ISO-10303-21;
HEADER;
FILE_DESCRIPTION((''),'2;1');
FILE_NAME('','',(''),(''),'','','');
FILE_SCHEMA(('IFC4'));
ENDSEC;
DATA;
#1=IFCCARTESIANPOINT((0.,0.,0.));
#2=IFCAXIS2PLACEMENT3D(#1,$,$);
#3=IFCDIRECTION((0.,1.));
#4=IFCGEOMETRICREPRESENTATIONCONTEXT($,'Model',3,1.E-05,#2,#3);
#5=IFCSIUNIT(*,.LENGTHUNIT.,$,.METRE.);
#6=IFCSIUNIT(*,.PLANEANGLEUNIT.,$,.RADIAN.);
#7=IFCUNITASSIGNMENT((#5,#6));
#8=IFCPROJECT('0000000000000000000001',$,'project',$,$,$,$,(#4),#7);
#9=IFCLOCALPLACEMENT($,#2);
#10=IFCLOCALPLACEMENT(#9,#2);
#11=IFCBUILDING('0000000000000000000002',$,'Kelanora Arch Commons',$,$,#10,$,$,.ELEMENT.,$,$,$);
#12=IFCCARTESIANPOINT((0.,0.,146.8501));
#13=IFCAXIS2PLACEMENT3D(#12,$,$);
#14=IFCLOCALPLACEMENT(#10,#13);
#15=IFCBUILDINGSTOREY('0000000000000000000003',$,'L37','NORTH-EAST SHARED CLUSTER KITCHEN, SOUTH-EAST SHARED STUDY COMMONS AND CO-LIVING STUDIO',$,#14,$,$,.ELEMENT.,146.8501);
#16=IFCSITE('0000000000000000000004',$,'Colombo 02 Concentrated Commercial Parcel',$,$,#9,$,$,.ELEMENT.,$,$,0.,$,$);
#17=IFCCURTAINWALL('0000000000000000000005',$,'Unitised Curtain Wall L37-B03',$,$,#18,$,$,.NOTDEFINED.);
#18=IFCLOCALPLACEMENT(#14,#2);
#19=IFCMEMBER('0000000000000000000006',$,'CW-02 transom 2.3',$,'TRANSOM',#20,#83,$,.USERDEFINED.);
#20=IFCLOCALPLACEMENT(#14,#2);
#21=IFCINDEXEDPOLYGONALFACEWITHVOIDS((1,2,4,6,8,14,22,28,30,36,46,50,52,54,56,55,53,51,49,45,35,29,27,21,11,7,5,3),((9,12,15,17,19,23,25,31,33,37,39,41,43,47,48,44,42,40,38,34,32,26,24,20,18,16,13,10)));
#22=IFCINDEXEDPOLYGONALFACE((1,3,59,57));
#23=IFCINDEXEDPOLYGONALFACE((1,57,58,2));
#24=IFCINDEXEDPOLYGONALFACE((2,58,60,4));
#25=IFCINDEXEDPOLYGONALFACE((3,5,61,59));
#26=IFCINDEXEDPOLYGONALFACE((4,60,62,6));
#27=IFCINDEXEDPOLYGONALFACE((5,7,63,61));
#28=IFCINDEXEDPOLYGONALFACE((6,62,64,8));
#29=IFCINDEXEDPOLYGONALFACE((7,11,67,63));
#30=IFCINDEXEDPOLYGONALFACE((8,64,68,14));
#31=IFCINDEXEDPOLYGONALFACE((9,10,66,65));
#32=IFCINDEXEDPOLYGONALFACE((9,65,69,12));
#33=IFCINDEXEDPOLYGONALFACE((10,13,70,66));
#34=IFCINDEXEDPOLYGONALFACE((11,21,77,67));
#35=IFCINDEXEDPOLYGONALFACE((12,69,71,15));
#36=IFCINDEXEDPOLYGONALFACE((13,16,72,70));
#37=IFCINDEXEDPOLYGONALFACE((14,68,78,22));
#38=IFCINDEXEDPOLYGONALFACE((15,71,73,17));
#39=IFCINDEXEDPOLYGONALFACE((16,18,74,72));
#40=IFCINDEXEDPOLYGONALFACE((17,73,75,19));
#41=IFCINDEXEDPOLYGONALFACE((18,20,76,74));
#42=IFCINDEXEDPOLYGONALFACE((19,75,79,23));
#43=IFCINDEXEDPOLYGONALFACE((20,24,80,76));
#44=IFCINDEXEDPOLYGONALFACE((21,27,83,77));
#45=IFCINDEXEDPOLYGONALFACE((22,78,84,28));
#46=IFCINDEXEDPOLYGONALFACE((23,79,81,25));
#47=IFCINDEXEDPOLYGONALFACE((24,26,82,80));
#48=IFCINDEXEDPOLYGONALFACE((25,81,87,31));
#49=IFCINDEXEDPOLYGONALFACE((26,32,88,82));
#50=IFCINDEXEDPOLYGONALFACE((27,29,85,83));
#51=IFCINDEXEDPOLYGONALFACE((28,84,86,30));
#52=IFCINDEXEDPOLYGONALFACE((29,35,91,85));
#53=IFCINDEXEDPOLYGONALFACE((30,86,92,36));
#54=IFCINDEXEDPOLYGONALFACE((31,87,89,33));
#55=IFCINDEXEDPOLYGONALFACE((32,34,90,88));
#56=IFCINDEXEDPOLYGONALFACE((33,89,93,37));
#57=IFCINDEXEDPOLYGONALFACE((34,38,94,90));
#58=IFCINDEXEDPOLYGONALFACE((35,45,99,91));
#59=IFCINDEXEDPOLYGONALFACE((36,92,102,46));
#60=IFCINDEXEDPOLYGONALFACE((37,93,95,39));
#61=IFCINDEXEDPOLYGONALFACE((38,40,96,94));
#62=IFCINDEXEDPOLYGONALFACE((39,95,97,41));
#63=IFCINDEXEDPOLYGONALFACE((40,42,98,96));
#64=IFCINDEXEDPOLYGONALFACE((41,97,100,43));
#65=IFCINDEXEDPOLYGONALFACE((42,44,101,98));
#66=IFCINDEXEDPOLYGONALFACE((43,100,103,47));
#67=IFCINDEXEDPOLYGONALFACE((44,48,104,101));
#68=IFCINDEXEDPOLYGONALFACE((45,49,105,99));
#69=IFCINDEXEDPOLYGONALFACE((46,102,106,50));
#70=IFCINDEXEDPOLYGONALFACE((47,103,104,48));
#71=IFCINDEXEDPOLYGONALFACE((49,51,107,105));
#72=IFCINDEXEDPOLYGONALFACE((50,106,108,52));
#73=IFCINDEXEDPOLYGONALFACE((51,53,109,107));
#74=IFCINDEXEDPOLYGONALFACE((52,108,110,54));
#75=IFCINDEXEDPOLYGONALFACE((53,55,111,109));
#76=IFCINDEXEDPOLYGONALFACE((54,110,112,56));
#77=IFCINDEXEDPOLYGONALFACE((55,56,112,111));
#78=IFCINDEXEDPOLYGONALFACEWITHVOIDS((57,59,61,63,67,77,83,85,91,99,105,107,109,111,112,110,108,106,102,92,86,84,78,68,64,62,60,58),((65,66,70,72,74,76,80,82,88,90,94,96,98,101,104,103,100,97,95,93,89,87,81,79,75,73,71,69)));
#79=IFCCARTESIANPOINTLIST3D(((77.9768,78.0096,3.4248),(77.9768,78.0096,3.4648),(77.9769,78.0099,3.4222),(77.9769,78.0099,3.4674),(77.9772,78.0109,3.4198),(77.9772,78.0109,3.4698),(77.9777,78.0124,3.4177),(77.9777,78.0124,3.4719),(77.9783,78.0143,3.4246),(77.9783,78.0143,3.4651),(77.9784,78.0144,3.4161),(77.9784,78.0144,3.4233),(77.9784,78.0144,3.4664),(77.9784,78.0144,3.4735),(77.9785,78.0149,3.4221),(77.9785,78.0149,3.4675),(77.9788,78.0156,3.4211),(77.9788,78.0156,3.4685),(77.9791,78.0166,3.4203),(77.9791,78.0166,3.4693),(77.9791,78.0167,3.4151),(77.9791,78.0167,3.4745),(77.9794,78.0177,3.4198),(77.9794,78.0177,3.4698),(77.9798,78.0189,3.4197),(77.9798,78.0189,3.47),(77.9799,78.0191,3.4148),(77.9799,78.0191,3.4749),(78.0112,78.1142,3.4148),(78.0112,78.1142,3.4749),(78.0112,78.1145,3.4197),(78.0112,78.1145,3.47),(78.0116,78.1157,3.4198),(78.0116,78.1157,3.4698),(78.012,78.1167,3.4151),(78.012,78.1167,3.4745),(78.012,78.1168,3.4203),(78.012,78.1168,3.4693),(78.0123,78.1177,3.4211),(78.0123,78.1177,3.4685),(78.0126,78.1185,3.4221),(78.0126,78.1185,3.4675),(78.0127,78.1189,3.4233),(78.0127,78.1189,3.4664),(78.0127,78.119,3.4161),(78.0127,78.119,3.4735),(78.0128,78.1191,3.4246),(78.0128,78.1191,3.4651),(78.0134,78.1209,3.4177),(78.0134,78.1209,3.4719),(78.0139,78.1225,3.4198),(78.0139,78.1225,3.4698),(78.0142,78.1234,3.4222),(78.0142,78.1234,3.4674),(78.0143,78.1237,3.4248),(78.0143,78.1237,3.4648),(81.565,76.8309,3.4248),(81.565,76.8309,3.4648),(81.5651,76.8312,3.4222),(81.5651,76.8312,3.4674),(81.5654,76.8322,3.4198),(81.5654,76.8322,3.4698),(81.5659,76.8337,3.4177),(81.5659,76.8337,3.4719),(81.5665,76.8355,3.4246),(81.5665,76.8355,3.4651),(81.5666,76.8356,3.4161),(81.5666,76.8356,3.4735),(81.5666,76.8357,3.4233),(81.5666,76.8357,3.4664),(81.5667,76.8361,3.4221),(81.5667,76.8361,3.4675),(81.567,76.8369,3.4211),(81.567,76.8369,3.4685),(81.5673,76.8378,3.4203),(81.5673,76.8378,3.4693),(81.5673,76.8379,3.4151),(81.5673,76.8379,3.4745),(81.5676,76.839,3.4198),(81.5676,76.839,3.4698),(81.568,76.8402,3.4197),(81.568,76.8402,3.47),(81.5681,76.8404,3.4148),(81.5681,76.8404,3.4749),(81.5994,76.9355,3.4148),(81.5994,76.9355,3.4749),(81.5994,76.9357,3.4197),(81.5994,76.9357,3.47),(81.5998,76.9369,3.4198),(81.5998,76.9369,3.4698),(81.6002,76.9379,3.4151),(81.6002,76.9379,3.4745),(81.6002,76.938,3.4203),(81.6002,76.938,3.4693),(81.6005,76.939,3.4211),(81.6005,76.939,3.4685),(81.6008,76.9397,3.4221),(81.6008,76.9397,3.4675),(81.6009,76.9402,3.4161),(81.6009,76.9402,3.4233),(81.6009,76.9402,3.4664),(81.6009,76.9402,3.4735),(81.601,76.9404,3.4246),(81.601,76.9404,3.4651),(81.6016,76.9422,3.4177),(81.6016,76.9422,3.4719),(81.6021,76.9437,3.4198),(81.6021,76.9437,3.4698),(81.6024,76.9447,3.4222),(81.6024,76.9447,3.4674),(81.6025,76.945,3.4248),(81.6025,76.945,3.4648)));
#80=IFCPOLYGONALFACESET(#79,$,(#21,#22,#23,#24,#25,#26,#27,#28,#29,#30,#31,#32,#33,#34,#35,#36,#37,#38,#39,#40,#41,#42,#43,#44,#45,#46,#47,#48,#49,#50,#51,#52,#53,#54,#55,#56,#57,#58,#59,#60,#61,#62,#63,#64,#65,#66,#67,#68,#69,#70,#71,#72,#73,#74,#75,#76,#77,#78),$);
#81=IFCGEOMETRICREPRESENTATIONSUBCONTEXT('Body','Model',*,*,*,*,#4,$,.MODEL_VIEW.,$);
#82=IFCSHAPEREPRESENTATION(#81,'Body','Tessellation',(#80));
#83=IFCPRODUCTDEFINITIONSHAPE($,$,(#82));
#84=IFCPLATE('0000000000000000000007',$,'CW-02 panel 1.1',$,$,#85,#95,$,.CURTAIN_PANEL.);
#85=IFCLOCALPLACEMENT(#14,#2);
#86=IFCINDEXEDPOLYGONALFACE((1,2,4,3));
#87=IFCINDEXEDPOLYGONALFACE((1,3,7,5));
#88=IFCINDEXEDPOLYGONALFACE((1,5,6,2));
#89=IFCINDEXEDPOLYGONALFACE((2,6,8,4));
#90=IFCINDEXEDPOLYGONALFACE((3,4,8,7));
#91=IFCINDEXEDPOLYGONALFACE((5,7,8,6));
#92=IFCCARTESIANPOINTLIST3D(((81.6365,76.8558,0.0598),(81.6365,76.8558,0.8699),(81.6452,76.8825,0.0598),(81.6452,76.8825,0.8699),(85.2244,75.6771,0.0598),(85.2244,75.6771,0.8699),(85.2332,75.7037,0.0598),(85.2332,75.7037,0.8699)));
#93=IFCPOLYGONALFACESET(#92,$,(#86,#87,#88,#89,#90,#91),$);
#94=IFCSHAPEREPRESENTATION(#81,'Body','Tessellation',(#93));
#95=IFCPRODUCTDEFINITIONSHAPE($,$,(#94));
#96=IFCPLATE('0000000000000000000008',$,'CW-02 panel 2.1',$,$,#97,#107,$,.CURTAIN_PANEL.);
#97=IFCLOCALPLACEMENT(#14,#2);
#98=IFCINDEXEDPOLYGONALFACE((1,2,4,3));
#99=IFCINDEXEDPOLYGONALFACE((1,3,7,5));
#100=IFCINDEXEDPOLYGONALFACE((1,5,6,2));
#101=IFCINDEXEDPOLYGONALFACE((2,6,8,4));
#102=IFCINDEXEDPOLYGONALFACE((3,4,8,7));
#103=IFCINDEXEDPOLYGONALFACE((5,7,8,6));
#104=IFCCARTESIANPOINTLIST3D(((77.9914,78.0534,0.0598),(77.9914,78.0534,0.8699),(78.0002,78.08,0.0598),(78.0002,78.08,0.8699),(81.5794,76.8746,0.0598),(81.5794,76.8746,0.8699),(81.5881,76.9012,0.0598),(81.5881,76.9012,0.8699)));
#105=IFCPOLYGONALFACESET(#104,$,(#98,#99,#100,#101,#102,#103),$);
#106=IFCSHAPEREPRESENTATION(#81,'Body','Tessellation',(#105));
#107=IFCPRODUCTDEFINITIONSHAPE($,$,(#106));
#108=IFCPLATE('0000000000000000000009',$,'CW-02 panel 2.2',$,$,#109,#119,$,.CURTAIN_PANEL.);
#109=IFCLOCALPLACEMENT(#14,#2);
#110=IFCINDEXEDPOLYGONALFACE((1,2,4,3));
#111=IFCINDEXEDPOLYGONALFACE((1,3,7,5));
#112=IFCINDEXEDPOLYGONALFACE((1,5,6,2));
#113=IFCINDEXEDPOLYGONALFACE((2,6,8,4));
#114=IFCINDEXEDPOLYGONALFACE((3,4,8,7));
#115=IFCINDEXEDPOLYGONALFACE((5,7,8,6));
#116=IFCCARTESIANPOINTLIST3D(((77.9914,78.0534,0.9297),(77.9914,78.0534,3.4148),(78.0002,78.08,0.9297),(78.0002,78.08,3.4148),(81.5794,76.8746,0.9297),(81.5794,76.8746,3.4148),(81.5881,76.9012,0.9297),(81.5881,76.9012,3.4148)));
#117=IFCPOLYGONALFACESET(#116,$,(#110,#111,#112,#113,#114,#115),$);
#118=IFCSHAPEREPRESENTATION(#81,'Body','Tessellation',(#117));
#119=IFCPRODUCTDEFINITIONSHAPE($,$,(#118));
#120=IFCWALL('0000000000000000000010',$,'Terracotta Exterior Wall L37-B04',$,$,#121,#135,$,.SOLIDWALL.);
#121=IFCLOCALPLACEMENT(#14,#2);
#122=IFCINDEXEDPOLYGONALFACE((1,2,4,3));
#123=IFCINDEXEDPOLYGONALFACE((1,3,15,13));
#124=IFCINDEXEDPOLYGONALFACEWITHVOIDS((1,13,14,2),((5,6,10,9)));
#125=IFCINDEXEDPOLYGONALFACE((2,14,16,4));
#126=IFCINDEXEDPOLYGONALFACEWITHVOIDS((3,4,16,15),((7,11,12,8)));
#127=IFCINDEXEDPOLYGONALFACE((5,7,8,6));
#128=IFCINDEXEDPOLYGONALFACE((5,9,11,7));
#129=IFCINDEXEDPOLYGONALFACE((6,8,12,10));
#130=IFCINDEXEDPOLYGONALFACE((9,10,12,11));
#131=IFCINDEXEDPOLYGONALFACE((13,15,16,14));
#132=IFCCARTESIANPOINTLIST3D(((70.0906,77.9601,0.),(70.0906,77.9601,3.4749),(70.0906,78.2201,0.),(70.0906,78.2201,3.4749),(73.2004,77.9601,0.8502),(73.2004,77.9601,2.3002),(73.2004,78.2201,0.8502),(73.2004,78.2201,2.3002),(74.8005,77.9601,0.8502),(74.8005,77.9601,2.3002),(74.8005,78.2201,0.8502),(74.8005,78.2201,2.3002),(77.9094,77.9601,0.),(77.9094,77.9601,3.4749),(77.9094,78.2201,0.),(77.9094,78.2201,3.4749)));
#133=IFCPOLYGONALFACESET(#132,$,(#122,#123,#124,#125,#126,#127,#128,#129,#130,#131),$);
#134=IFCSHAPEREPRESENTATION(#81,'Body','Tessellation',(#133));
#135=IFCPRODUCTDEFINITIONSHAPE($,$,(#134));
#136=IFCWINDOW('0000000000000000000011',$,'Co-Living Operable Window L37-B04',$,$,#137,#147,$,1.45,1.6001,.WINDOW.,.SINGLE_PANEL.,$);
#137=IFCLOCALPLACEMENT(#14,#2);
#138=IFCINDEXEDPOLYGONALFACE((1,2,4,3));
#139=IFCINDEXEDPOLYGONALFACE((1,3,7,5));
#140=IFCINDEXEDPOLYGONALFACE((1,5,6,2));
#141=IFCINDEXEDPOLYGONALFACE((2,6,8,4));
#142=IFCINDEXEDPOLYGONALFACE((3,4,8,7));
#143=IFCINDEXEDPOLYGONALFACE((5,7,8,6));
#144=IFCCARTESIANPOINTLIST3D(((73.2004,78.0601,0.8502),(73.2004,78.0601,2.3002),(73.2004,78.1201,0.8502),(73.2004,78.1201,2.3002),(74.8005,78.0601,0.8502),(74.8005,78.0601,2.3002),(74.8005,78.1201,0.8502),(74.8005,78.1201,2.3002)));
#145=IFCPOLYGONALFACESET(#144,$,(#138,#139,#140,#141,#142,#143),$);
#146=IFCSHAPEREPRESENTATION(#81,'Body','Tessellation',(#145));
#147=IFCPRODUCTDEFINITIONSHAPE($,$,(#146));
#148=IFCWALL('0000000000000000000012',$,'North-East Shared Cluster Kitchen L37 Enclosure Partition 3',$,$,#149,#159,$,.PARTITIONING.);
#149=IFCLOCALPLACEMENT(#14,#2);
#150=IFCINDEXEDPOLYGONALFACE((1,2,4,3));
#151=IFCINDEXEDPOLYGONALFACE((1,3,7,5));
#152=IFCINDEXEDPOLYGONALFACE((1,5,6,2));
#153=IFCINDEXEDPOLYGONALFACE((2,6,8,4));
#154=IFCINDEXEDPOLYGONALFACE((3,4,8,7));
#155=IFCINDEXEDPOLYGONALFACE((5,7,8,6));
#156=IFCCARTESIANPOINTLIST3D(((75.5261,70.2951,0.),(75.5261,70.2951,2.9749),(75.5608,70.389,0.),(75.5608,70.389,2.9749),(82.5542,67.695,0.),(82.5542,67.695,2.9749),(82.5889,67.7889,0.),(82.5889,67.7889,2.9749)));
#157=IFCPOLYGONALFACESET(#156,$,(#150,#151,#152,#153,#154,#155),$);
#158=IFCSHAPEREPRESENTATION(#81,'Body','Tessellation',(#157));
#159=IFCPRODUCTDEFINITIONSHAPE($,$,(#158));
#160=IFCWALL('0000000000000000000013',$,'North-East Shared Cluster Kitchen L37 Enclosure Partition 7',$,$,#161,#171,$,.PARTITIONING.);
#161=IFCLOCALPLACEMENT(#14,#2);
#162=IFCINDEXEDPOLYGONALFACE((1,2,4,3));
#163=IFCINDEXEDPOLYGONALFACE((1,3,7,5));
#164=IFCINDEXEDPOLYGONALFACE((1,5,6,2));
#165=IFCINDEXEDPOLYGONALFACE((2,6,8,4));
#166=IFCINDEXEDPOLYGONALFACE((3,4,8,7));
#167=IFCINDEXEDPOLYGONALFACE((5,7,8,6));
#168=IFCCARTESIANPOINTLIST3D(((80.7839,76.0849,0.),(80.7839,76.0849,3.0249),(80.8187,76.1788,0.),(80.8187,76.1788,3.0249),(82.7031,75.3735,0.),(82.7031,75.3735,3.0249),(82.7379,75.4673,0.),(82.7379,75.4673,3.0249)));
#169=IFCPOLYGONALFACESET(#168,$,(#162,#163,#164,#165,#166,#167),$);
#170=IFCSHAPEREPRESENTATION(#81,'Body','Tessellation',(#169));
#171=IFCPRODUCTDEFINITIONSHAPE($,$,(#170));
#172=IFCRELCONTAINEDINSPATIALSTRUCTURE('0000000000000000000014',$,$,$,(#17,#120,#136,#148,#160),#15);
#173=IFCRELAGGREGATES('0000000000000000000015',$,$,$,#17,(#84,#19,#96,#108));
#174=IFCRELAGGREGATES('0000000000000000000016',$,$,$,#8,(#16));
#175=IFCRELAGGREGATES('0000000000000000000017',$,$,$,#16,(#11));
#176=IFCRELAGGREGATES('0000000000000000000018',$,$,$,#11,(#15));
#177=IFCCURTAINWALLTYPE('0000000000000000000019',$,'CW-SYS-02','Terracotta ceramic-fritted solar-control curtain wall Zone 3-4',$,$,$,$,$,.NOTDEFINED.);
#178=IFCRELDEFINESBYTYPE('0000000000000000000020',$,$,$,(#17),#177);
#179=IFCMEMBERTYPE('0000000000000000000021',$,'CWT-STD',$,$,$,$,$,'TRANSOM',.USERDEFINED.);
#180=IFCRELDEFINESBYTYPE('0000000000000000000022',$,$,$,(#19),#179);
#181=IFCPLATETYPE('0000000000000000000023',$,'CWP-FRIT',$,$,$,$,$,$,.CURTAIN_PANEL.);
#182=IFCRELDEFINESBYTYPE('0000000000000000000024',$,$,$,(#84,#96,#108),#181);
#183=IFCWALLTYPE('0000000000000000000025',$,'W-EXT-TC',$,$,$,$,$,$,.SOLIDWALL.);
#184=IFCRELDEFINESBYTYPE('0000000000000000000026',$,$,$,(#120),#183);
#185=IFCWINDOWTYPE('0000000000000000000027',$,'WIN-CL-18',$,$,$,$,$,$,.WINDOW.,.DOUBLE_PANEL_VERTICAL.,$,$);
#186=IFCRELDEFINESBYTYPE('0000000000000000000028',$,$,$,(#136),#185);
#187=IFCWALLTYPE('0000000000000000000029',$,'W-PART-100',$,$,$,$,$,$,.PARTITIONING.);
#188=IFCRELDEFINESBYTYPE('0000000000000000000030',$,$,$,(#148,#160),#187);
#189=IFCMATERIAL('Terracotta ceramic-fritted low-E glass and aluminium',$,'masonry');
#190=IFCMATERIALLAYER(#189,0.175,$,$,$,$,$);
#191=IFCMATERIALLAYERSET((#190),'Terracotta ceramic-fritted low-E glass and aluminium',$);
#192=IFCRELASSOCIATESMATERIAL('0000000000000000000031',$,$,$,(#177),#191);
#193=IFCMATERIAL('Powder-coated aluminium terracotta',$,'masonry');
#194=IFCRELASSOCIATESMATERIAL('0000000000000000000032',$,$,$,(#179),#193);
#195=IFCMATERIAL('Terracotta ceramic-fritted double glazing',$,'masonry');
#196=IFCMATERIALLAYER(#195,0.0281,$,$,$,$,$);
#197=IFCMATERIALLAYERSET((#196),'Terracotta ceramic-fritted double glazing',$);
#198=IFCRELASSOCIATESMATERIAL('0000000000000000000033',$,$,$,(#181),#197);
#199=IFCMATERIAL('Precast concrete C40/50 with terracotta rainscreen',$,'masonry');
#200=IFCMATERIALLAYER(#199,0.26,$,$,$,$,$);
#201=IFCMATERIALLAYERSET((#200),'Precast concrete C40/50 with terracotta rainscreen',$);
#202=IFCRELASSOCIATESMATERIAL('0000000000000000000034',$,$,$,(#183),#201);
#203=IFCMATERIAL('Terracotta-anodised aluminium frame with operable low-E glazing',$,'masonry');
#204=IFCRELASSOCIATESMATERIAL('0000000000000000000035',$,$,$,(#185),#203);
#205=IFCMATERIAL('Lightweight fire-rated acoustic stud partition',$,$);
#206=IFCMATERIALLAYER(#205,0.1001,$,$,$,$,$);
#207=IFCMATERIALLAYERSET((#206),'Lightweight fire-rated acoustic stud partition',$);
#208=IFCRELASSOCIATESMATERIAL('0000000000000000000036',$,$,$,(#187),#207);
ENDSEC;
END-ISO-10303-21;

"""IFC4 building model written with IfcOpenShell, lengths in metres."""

from ifc_helpers import new_model, si_unit, direction, frame, frame_2d, origin, origin_2d, place, context, subcontext, project, spatial, rectangle, hollow_rectangle, extrude, source, transform, mapped, material, layer, layer_set, material_profile, profile_set, type_object, element, fill, aggregate, save


model = new_model("IFC4")

# Units and contexts
model_context = context("Model", 3, precision=1e-05, world=origin(), true_north=direction((0.0, 1.0)))
body_context = subcontext(model_context, "Body", "Model", "MODEL_VIEW")
ifc_project = project(units=[si_unit("LENGTHUNIT", "METRE"), si_unit("PLANEANGLEUNIT", "RADIAN")], contexts=[model_context])

# Site, building, storey
site_placement = place(None, origin())
site = spatial("IfcSite", under=ifc_project, at=site_placement, Name="Colombo 02 Concentrated Commercial Parcel", CompositionType="ELEMENT", RefElevation=0.0)
building_placement = place(site_placement, origin())
building = spatial("IfcBuilding", under=site, at=building_placement, Name="Kelanora Arch Commons", CompositionType="ELEMENT")
storey_placement = place(building_placement, frame((0.0, 0.0, 146.8501)))
storey = spatial("IfcBuildingStorey", under=building, at=storey_placement, Name="L37", Description="NORTH-EAST SHARED CLUSTER KITCHEN, SOUTH-EAST SHARED STUDY COMMONS AND CO-LIVING STUDIO", CompositionType="ELEMENT", Elevation=146.8501)

# Curtain wall, member, plates
ifc_material_1 = material(Name="Terracotta ceramic-fritted low-E glass and aluminium", Category="masonry")
ifc_layer_1 = layer(ifc_material_1, 0.175)
ifc_layer_set_1 = layer_set([ifc_layer_1], Name="Terracotta ceramic-fritted low-E glass and aluminium")
curtain_wall_type = type_object("IfcCurtainWallType", Name="CW-SYS-02", Description="Terracotta ceramic-fritted solar-control curtain wall Zone 3-4", PredefinedType="NOTDEFINED", material=ifc_layer_set_1)
curtain_wall_placement = place(storey_placement, origin())
curtain_wall = element("IfcCurtainWall", 1, at=curtain_wall_placement, inside=storey, type_object=curtain_wall_type, Name="Unitised Curtain Wall L37-B03", PredefinedType="NOTDEFINED")
ifc_material_2 = material(Name="Powder-coated aluminium terracotta", Category="masonry")
ifc_material_profile_1 = material_profile(ifc_material_2, hollow_rectangle(XDim=0.1201, YDim=0.0601, WallThickness=0.0049, InnerFilletRadius=0.0049, OuterFilletRadius=0.01, at=origin_2d()), Name="CWT120x60")
ifc_profile_set_1 = profile_set([ifc_material_profile_1], Name="Powder-coated aluminium terracotta")
member_type_1 = type_object("IfcMemberType", Name="CWT-STD", ElementType="TRANSOM", PredefinedType="USERDEFINED", material=ifc_profile_set_1)
member_1_placement = place(storey_placement, frame((81.5837, 76.8879, 3.4448), z_axis=(-0.950051, 0.312094, 0.0), x_axis=(-0.312094, -0.950051, 0.0)))
member_1 = element("IfcMember", 2, at=member_1_placement, type_object=member_type_1, Name="CW-02 transom 2.3", ObjectType="TRANSOM", PredefinedType="USERDEFINED", context=body_context, shape_type="SweptSolid", body=[
    extrude(hollow_rectangle(XDim=0.1201, YDim=0.0601, WallThickness=0.0049, InnerFilletRadius=0.0049, OuterFilletRadius=0.01, at=origin_2d()), origin(), (0.0, 0.0, 1.0), 3.7769),
])
ifc_material_3 = material(Name="Terracotta ceramic-fritted double glazing", Category="masonry")
ifc_layer_2 = layer(ifc_material_3, 0.0281)
ifc_layer_set_2 = layer_set([ifc_layer_2], Name="Terracotta ceramic-fritted double glazing")
plate_type = type_object("IfcPlateType", Name="CWP-FRIT", PredefinedType="CURTAIN_PANEL", material=ifc_layer_set_2)
shared_shape_1 = source(origin(), body_context, "Body", "SweptSolid", [
    extrude(rectangle(XDim=3.7766, YDim=0.0281, at=origin_2d()), origin(), (0.0, 0.0, 1.0), 0.8101),
])
plate_1_placement = place(storey_placement, frame((83.4348, 76.2798, 0.0598), z_axis=(0.0, 0.0, 1.0), x_axis=(-0.95004, 0.312128, 0.0)))
plate_1 = element("IfcPlate", 3, at=plate_1_placement, type_object=plate_type, Name="CW-02 panel 1.1", PredefinedType="CURTAIN_PANEL", context=body_context, shape_type="MappedRepresentation", body=[
    mapped(shared_shape_1, transform((0.0, 0.0, 0.0), scale=1.0)),
])
plate_2_placement = place(storey_placement, frame((79.7898, 77.4773, 0.0598), z_axis=(0.0, 0.0, 1.0), x_axis=(-0.95004, 0.312128, 0.0)))
plate_2 = element("IfcPlate", 4, at=plate_2_placement, type_object=plate_type, Name="CW-02 panel 2.1", PredefinedType="CURTAIN_PANEL", context=body_context, shape_type="MappedRepresentation", body=[
    mapped(shared_shape_1, transform((0.0, 0.0, 0.0), scale=1.0)),
])
shared_shape_2 = source(origin(), body_context, "Body", "SweptSolid", [
    extrude(rectangle(XDim=3.7766, YDim=0.0281, at=origin_2d()), origin(), (0.0, 0.0, 1.0), 2.4851),
])
plate_3_placement = place(storey_placement, frame((79.7898, 77.4773, 0.9297), z_axis=(0.0, 0.0, 1.0), x_axis=(-0.95004, 0.312128, 0.0)))
plate_3 = element("IfcPlate", 5, at=plate_3_placement, type_object=plate_type, Name="CW-02 panel 2.2", PredefinedType="CURTAIN_PANEL", context=body_context, shape_type="MappedRepresentation", body=[
    mapped(shared_shape_2, transform((0.0, 0.0, 0.0), scale=1.0)),
])
aggregate(curtain_wall, [plate_1, member_1, plate_2, plate_3])

# Wall, opening, window
ifc_material_4 = material(Name="Precast concrete C40/50 with terracotta rainscreen", Category="masonry")
ifc_layer_3 = layer(ifc_material_4, 0.26)
ifc_layer_set_3 = layer_set([ifc_layer_3], Name="Precast concrete C40/50 with terracotta rainscreen")
wall_type_1 = type_object("IfcWallType", Name="W-EXT-TC", PredefinedType="SOLIDWALL", material=ifc_layer_set_3)
wall_1_placement = place(storey_placement, frame((77.9094, 78.0901, 0.0), z_axis=(0.0, 0.0, 1.0), x_axis=(-1.0, 0.0, 0.0)))
wall_1 = element("IfcWall", 6, at=wall_1_placement, inside=storey, type_object=wall_type_1, Name="Terracotta Exterior Wall L37-B04", PredefinedType="SOLIDWALL", context=body_context, shape_type="SweptSolid", body=[
    extrude(rectangle(XDim=7.8188, YDim=0.26, at=frame_2d((3.9094, 0.0))), origin(), (0.0, 0.0, 1.0), 3.4749),
])
opening_1_placement = place(wall_1_placement, frame((3.1089, 0.0, 0.8501)))
opening_1 = element("IfcOpeningElement", 7, at=opening_1_placement, cuts=wall_1, PredefinedType="OPENING", context=body_context, shape_type="SweptSolid", body=[
    extrude(rectangle(XDim=1.6001, YDim=1.45, at=frame_2d((0.8, 0.7251))), frame((0.0, 0.1401, 0.0), z_axis=(0.0, -1.0, 0.0), x_axis=(1.0, 0.0, 0.0)), (0.0, 0.0, 1.0), 0.28),
])
ifc_material_5 = material(Name="Terracotta-anodised aluminium frame with operable low-E glazing", Category="masonry")
window_type = type_object("IfcWindowType", Name="WIN-CL-18", PartitioningType="DOUBLE_PANEL_VERTICAL", PredefinedType="WINDOW", material=ifc_material_5)
window_placement = place(opening_1_placement, origin())
window = element("IfcWindow", 8, at=window_placement, inside=storey, type_object=window_type, Name="Co-Living Operable Window L37-B04", OverallHeight=1.45, OverallWidth=1.6001, PartitioningType="SINGLE_PANEL", PredefinedType="WINDOW", context=body_context, shape_type="SweptSolid", body=[
    extrude(rectangle(XDim=1.6001, YDim=1.45, at=frame_2d((0.8, 0.7251))), frame((0.0, 0.03, 0.0), z_axis=(0.0, -1.0, 0.0), x_axis=(1.0, 0.0, 0.0)), (0.0, 0.0, 1.0), 0.0601),
])
fill(opening_1, window)

# Walls
ifc_material_6 = material(Name="Lightweight fire-rated acoustic stud partition")
ifc_layer_4 = layer(ifc_material_6, 0.1001)
ifc_layer_set_4 = layer_set([ifc_layer_4], Name="Lightweight fire-rated acoustic stud partition")
wall_type_2 = type_object("IfcWallType", Name="W-PART-100", PredefinedType="PARTITIONING", material=ifc_layer_set_4)
wall_2_placement = place(storey_placement, frame((82.5715, 67.7419, 0.0), z_axis=(0.0, 0.0, 1.0), x_axis=(-0.937874, 0.346975, 0.0)))
element("IfcWall", 9, at=wall_2_placement, inside=storey, type_object=wall_type_2, Name="North-East Shared Cluster Kitchen L37 Enclosure Partition 3", PredefinedType="PARTITIONING", context=body_context, shape_type="SweptSolid", body=[
    extrude(rectangle(XDim=7.4937, YDim=0.1001, at=frame_2d((3.7468, 0.0))), origin(), (0.0, 0.0, 1.0), 2.9749),
])
wall_3_placement = place(storey_placement, frame((80.8013, 76.1318, 0.0), z_axis=(0.0, 0.0, 1.0), x_axis=(0.937651, -0.347579, 0.0)))
element("IfcWall", 10, at=wall_3_placement, inside=storey, type_object=wall_type_2, Name="North-East Shared Cluster Kitchen L37 Enclosure Partition 7", PredefinedType="PARTITIONING", context=body_context, shape_type="SweptSolid", body=[
    extrude(rectangle(XDim=2.0469, YDim=0.1001, at=frame_2d((1.0234, 0.0))), origin(), (0.0, 0.0, 1.0), 3.0249),
])

save(model, "model.ifc")
